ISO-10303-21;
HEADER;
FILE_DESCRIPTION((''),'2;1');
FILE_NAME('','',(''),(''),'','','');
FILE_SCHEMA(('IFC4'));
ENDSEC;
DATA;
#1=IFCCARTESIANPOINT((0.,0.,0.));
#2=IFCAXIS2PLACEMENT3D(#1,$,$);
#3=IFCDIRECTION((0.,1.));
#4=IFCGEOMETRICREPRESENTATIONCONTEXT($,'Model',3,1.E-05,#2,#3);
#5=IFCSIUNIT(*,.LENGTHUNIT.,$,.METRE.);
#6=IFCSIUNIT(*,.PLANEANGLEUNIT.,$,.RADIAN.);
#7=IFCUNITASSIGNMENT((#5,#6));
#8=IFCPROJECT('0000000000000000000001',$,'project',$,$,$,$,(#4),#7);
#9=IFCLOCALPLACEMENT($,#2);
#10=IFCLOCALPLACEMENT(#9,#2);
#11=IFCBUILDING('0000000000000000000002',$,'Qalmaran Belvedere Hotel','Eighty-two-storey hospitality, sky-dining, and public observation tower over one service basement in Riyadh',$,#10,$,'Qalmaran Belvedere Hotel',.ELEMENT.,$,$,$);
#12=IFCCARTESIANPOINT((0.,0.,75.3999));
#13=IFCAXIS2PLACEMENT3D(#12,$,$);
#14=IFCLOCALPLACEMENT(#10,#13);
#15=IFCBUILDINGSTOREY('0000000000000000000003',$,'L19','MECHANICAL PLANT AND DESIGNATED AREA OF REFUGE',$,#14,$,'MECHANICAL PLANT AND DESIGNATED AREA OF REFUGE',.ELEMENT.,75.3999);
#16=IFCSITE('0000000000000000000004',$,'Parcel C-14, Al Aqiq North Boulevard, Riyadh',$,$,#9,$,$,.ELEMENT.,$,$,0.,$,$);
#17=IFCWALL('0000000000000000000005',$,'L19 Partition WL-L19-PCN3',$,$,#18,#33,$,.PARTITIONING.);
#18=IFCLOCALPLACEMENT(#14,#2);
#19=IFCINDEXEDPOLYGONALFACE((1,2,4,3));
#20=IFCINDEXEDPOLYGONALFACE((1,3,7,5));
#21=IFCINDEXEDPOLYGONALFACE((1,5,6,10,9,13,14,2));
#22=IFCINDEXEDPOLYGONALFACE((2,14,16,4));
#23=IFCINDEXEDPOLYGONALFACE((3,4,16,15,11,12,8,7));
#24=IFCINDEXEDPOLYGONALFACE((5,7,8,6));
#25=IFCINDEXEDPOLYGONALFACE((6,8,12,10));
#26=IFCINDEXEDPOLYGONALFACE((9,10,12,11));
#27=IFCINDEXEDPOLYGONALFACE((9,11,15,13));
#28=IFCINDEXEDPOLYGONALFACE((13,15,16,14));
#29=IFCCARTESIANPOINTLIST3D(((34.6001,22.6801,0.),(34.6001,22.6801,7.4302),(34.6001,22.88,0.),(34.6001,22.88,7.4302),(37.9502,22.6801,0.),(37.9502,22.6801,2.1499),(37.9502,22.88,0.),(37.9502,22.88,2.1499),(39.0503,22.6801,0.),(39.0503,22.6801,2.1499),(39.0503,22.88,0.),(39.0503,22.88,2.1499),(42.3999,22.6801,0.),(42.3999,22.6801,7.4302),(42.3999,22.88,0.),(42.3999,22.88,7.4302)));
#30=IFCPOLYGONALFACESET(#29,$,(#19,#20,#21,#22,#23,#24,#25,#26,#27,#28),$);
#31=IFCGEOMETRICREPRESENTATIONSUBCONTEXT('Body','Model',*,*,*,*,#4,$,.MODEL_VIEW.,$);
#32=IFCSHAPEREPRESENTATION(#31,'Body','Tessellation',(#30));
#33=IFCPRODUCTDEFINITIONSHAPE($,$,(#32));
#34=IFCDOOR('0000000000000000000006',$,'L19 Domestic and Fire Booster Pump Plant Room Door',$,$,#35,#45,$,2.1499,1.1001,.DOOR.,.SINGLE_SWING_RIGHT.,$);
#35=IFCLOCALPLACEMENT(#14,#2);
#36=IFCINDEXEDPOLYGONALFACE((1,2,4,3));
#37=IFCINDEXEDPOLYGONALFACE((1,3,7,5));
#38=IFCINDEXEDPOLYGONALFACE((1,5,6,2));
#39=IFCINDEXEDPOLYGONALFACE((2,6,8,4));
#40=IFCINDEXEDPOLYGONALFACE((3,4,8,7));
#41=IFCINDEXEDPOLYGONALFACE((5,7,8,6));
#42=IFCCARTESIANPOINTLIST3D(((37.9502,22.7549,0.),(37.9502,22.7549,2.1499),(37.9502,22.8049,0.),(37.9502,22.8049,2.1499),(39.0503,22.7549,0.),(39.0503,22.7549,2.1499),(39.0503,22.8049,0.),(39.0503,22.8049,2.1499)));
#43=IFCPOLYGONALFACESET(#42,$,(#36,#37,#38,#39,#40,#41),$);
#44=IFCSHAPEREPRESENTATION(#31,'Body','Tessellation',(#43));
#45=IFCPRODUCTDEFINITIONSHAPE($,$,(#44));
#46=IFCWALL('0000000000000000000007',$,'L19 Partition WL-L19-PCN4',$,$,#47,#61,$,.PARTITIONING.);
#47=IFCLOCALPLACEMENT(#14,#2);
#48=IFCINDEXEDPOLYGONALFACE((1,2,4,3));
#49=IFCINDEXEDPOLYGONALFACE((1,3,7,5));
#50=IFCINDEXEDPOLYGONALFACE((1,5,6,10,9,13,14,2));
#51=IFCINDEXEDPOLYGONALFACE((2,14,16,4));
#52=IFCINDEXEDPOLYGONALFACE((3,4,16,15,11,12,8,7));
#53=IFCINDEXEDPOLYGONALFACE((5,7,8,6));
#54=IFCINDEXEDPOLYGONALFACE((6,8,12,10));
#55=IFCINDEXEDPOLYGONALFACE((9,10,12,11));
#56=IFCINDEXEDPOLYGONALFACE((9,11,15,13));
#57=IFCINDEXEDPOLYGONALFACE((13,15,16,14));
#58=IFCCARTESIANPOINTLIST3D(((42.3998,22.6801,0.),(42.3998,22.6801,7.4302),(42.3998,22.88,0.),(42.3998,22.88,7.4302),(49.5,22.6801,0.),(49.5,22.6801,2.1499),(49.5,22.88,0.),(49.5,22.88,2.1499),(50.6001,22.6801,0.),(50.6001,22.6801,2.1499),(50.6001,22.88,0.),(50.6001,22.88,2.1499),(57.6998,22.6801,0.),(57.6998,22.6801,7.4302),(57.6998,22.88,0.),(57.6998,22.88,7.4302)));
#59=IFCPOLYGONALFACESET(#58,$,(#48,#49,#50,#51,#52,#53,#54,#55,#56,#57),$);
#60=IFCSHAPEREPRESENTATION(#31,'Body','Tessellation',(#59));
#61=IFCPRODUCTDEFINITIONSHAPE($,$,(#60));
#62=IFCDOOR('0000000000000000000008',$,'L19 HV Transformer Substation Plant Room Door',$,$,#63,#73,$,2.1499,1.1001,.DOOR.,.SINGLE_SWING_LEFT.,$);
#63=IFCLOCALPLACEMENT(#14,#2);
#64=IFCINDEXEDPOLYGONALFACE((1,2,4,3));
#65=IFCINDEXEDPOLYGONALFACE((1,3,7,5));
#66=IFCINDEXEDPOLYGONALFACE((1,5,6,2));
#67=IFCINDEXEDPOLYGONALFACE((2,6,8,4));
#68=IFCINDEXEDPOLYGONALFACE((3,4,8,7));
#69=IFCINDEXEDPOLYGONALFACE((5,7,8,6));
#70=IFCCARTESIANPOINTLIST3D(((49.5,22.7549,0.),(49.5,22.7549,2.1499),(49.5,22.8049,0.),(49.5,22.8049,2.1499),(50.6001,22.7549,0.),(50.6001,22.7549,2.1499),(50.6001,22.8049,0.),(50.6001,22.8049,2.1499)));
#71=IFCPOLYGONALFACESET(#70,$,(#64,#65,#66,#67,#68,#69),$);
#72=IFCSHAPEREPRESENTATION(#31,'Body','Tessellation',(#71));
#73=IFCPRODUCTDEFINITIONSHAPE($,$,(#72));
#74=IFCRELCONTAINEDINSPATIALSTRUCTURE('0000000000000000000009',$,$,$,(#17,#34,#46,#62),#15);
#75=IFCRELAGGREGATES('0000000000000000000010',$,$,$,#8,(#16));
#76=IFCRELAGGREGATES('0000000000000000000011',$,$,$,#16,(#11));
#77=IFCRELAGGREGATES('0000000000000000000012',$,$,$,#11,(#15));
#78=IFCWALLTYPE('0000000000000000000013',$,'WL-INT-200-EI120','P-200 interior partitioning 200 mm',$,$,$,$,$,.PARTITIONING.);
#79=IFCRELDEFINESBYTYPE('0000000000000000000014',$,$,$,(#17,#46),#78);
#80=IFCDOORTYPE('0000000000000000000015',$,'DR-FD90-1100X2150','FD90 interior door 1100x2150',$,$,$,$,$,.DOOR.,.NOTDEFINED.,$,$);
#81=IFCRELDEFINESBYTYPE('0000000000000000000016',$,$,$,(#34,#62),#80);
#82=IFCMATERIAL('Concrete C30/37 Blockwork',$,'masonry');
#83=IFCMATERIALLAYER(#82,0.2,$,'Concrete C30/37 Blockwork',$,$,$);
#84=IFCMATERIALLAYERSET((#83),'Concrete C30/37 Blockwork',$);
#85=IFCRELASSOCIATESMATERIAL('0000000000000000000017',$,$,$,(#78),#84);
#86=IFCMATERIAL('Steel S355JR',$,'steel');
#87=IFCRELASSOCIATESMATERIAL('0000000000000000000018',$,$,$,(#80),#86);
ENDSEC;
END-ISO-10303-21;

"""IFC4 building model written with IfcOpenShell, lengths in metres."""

from ifc_helpers import new_model, si_unit, direction, frame, frame_2d, origin, place, context, subcontext, project, spatial, rectangle, extrude, material, layer, layer_set, type_object, element, fill, save


model = new_model("IFC4")

# Units and contexts
model_context = context("Model", 3, precision=1e-05, world=origin(), true_north=direction((0.0, 1.0)))
body_context = subcontext(model_context, "Body", "Model", "MODEL_VIEW")
ifc_project = project(units=[si_unit("LENGTHUNIT", "METRE"), si_unit("PLANEANGLEUNIT", "RADIAN")], contexts=[model_context])

# Site, building, storey
site_placement = place(None, origin())
site = spatial("IfcSite", under=ifc_project, at=site_placement, Name="Parcel C-14, Al Aqiq North Boulevard, Riyadh", CompositionType="ELEMENT", RefElevation=0.0)
building_placement = place(site_placement, origin())
building = spatial("IfcBuilding", under=site, at=building_placement, Name="Qalmaran Belvedere Hotel", Description="Eighty-two-storey hospitality, sky-dining, and public observation tower over one service basement in Riyadh", LongName="Qalmaran Belvedere Hotel", CompositionType="ELEMENT")
storey_placement = place(building_placement, frame((0.0, 0.0, 75.3999)))
storey = spatial("IfcBuildingStorey", under=building, at=storey_placement, Name="L19", Description="MECHANICAL PLANT AND DESIGNATED AREA OF REFUGE", LongName="MECHANICAL PLANT AND DESIGNATED AREA OF REFUGE", CompositionType="ELEMENT", Elevation=75.3999)

# Shared definitions
ifc_material_1 = material(Name="Steel S355JR", Category="steel")

# Walls, openings, doors
ifc_material_2 = material(Name="Concrete C30/37 Blockwork", Category="masonry")
ifc_layer_1 = layer(ifc_material_2, 0.2, Name="Concrete C30/37 Blockwork")
ifc_layer_set_1 = layer_set([ifc_layer_1], Name="Concrete C30/37 Blockwork")
wall_type_1 = type_object("IfcWallType", Name="WL-INT-200-EI120", Description="P-200 interior partitioning 200 mm", PredefinedType="PARTITIONING", material=ifc_layer_set_1)
wall_1_placement = place(storey_placement, frame((34.6001, 22.78, 0.0), z_axis=(0.0, 0.0, 1.0), x_axis=(1.0, 0.0, 0.0)))
wall_1 = element("IfcWall", 1, at=wall_1_placement, inside=storey, type_object=wall_type_1, Name="L19 Partition WL-L19-PCN3", PredefinedType="PARTITIONING", context=body_context, shape_type="SweptSolid", body=[
    extrude(rectangle(XDim=7.7998, YDim=0.2, at=frame_2d((3.8999, 0.0))), origin(), (0.0, 0.0, 1.0), 7.4302),
])
opening_1_placement = place(wall_1_placement, frame((3.3501, 0.0, 0.0)))
opening_1 = element("IfcOpeningElement", 2, at=opening_1_placement, cuts=wall_1, PredefinedType="OPENING", context=body_context, shape_type="SweptSolid", body=[
    extrude(rectangle(XDim=1.1001, YDim=2.1499, at=frame_2d((0.55, 1.075))), frame((0.0, 0.1099, 0.0), z_axis=(0.0, -1.0, 0.0), x_axis=(1.0, 0.0, 0.0)), (0.0, 0.0, 1.0), 0.22),
])
door_type = type_object("IfcDoorType", Name="DR-FD90-1100X2150", Description="FD90 interior door 1100x2150", OperationType="NOTDEFINED", PredefinedType="DOOR", material=ifc_material_1)
door_1_placement = place(opening_1_placement, origin())
door_1 = element("IfcDoor", 3, at=door_1_placement, inside=storey, type_object=door_type, Name="L19 Domestic and Fire Booster Pump Plant Room Door", OperationType="SINGLE_SWING_RIGHT", OverallHeight=2.1499, OverallWidth=1.1001, PredefinedType="DOOR", context=body_context, shape_type="SweptSolid", body=[
    extrude(rectangle(XDim=1.1001, YDim=2.1499, at=frame_2d((0.55, 1.075))), frame((0.0, 0.0249, 0.0), z_axis=(0.0, -1.0, 0.0), x_axis=(1.0, 0.0, 0.0)), (0.0, 0.0, 1.0), 0.05),
])
fill(opening_1, door_1)
wall_2_placement = place(storey_placement, frame((42.3999, 22.78, 0.0), z_axis=(0.0, 0.0, 1.0), x_axis=(1.0, 0.0, 0.0)))
wall_2 = element("IfcWall", 4, at=wall_2_placement, inside=storey, type_object=wall_type_1, Name="L19 Partition WL-L19-PCN4", PredefinedType="PARTITIONING", context=body_context, shape_type="SweptSolid", body=[
    extrude(rectangle(XDim=15.3, YDim=0.2, at=frame_2d((7.6499, 0.0))), origin(), (0.0, 0.0, 1.0), 7.4302),
])
opening_2_placement = place(wall_2_placement, frame((7.1001, 0.0, 0.0)))
opening_2 = element("IfcOpeningElement", 5, at=opening_2_placement, cuts=wall_2, PredefinedType="OPENING", context=body_context, shape_type="SweptSolid", body=[
    extrude(rectangle(XDim=1.1001, YDim=2.1499, at=frame_2d((0.55, 1.075))), frame((0.0, 0.1099, 0.0), z_axis=(0.0, -1.0, 0.0), x_axis=(1.0, 0.0, 0.0)), (0.0, 0.0, 1.0), 0.22),
])
door_2_placement = place(opening_2_placement, origin())
door_2 = element("IfcDoor", 6, at=door_2_placement, inside=storey, type_object=door_type, Name="L19 HV Transformer Substation Plant Room Door", OperationType="SINGLE_SWING_LEFT", OverallHeight=2.1499, OverallWidth=1.1001, PredefinedType="DOOR", context=body_context, shape_type="SweptSolid", body=[
    extrude(rectangle(XDim=1.1001, YDim=2.1499, at=frame_2d((0.55, 1.075))), frame((0.0, 0.0249, 0.0), z_axis=(0.0, -1.0, 0.0), x_axis=(1.0, 0.0, 0.0)), (0.0, 0.0, 1.0), 0.05),
])
fill(opening_2, door_2)

save(model, "model.ifc")
